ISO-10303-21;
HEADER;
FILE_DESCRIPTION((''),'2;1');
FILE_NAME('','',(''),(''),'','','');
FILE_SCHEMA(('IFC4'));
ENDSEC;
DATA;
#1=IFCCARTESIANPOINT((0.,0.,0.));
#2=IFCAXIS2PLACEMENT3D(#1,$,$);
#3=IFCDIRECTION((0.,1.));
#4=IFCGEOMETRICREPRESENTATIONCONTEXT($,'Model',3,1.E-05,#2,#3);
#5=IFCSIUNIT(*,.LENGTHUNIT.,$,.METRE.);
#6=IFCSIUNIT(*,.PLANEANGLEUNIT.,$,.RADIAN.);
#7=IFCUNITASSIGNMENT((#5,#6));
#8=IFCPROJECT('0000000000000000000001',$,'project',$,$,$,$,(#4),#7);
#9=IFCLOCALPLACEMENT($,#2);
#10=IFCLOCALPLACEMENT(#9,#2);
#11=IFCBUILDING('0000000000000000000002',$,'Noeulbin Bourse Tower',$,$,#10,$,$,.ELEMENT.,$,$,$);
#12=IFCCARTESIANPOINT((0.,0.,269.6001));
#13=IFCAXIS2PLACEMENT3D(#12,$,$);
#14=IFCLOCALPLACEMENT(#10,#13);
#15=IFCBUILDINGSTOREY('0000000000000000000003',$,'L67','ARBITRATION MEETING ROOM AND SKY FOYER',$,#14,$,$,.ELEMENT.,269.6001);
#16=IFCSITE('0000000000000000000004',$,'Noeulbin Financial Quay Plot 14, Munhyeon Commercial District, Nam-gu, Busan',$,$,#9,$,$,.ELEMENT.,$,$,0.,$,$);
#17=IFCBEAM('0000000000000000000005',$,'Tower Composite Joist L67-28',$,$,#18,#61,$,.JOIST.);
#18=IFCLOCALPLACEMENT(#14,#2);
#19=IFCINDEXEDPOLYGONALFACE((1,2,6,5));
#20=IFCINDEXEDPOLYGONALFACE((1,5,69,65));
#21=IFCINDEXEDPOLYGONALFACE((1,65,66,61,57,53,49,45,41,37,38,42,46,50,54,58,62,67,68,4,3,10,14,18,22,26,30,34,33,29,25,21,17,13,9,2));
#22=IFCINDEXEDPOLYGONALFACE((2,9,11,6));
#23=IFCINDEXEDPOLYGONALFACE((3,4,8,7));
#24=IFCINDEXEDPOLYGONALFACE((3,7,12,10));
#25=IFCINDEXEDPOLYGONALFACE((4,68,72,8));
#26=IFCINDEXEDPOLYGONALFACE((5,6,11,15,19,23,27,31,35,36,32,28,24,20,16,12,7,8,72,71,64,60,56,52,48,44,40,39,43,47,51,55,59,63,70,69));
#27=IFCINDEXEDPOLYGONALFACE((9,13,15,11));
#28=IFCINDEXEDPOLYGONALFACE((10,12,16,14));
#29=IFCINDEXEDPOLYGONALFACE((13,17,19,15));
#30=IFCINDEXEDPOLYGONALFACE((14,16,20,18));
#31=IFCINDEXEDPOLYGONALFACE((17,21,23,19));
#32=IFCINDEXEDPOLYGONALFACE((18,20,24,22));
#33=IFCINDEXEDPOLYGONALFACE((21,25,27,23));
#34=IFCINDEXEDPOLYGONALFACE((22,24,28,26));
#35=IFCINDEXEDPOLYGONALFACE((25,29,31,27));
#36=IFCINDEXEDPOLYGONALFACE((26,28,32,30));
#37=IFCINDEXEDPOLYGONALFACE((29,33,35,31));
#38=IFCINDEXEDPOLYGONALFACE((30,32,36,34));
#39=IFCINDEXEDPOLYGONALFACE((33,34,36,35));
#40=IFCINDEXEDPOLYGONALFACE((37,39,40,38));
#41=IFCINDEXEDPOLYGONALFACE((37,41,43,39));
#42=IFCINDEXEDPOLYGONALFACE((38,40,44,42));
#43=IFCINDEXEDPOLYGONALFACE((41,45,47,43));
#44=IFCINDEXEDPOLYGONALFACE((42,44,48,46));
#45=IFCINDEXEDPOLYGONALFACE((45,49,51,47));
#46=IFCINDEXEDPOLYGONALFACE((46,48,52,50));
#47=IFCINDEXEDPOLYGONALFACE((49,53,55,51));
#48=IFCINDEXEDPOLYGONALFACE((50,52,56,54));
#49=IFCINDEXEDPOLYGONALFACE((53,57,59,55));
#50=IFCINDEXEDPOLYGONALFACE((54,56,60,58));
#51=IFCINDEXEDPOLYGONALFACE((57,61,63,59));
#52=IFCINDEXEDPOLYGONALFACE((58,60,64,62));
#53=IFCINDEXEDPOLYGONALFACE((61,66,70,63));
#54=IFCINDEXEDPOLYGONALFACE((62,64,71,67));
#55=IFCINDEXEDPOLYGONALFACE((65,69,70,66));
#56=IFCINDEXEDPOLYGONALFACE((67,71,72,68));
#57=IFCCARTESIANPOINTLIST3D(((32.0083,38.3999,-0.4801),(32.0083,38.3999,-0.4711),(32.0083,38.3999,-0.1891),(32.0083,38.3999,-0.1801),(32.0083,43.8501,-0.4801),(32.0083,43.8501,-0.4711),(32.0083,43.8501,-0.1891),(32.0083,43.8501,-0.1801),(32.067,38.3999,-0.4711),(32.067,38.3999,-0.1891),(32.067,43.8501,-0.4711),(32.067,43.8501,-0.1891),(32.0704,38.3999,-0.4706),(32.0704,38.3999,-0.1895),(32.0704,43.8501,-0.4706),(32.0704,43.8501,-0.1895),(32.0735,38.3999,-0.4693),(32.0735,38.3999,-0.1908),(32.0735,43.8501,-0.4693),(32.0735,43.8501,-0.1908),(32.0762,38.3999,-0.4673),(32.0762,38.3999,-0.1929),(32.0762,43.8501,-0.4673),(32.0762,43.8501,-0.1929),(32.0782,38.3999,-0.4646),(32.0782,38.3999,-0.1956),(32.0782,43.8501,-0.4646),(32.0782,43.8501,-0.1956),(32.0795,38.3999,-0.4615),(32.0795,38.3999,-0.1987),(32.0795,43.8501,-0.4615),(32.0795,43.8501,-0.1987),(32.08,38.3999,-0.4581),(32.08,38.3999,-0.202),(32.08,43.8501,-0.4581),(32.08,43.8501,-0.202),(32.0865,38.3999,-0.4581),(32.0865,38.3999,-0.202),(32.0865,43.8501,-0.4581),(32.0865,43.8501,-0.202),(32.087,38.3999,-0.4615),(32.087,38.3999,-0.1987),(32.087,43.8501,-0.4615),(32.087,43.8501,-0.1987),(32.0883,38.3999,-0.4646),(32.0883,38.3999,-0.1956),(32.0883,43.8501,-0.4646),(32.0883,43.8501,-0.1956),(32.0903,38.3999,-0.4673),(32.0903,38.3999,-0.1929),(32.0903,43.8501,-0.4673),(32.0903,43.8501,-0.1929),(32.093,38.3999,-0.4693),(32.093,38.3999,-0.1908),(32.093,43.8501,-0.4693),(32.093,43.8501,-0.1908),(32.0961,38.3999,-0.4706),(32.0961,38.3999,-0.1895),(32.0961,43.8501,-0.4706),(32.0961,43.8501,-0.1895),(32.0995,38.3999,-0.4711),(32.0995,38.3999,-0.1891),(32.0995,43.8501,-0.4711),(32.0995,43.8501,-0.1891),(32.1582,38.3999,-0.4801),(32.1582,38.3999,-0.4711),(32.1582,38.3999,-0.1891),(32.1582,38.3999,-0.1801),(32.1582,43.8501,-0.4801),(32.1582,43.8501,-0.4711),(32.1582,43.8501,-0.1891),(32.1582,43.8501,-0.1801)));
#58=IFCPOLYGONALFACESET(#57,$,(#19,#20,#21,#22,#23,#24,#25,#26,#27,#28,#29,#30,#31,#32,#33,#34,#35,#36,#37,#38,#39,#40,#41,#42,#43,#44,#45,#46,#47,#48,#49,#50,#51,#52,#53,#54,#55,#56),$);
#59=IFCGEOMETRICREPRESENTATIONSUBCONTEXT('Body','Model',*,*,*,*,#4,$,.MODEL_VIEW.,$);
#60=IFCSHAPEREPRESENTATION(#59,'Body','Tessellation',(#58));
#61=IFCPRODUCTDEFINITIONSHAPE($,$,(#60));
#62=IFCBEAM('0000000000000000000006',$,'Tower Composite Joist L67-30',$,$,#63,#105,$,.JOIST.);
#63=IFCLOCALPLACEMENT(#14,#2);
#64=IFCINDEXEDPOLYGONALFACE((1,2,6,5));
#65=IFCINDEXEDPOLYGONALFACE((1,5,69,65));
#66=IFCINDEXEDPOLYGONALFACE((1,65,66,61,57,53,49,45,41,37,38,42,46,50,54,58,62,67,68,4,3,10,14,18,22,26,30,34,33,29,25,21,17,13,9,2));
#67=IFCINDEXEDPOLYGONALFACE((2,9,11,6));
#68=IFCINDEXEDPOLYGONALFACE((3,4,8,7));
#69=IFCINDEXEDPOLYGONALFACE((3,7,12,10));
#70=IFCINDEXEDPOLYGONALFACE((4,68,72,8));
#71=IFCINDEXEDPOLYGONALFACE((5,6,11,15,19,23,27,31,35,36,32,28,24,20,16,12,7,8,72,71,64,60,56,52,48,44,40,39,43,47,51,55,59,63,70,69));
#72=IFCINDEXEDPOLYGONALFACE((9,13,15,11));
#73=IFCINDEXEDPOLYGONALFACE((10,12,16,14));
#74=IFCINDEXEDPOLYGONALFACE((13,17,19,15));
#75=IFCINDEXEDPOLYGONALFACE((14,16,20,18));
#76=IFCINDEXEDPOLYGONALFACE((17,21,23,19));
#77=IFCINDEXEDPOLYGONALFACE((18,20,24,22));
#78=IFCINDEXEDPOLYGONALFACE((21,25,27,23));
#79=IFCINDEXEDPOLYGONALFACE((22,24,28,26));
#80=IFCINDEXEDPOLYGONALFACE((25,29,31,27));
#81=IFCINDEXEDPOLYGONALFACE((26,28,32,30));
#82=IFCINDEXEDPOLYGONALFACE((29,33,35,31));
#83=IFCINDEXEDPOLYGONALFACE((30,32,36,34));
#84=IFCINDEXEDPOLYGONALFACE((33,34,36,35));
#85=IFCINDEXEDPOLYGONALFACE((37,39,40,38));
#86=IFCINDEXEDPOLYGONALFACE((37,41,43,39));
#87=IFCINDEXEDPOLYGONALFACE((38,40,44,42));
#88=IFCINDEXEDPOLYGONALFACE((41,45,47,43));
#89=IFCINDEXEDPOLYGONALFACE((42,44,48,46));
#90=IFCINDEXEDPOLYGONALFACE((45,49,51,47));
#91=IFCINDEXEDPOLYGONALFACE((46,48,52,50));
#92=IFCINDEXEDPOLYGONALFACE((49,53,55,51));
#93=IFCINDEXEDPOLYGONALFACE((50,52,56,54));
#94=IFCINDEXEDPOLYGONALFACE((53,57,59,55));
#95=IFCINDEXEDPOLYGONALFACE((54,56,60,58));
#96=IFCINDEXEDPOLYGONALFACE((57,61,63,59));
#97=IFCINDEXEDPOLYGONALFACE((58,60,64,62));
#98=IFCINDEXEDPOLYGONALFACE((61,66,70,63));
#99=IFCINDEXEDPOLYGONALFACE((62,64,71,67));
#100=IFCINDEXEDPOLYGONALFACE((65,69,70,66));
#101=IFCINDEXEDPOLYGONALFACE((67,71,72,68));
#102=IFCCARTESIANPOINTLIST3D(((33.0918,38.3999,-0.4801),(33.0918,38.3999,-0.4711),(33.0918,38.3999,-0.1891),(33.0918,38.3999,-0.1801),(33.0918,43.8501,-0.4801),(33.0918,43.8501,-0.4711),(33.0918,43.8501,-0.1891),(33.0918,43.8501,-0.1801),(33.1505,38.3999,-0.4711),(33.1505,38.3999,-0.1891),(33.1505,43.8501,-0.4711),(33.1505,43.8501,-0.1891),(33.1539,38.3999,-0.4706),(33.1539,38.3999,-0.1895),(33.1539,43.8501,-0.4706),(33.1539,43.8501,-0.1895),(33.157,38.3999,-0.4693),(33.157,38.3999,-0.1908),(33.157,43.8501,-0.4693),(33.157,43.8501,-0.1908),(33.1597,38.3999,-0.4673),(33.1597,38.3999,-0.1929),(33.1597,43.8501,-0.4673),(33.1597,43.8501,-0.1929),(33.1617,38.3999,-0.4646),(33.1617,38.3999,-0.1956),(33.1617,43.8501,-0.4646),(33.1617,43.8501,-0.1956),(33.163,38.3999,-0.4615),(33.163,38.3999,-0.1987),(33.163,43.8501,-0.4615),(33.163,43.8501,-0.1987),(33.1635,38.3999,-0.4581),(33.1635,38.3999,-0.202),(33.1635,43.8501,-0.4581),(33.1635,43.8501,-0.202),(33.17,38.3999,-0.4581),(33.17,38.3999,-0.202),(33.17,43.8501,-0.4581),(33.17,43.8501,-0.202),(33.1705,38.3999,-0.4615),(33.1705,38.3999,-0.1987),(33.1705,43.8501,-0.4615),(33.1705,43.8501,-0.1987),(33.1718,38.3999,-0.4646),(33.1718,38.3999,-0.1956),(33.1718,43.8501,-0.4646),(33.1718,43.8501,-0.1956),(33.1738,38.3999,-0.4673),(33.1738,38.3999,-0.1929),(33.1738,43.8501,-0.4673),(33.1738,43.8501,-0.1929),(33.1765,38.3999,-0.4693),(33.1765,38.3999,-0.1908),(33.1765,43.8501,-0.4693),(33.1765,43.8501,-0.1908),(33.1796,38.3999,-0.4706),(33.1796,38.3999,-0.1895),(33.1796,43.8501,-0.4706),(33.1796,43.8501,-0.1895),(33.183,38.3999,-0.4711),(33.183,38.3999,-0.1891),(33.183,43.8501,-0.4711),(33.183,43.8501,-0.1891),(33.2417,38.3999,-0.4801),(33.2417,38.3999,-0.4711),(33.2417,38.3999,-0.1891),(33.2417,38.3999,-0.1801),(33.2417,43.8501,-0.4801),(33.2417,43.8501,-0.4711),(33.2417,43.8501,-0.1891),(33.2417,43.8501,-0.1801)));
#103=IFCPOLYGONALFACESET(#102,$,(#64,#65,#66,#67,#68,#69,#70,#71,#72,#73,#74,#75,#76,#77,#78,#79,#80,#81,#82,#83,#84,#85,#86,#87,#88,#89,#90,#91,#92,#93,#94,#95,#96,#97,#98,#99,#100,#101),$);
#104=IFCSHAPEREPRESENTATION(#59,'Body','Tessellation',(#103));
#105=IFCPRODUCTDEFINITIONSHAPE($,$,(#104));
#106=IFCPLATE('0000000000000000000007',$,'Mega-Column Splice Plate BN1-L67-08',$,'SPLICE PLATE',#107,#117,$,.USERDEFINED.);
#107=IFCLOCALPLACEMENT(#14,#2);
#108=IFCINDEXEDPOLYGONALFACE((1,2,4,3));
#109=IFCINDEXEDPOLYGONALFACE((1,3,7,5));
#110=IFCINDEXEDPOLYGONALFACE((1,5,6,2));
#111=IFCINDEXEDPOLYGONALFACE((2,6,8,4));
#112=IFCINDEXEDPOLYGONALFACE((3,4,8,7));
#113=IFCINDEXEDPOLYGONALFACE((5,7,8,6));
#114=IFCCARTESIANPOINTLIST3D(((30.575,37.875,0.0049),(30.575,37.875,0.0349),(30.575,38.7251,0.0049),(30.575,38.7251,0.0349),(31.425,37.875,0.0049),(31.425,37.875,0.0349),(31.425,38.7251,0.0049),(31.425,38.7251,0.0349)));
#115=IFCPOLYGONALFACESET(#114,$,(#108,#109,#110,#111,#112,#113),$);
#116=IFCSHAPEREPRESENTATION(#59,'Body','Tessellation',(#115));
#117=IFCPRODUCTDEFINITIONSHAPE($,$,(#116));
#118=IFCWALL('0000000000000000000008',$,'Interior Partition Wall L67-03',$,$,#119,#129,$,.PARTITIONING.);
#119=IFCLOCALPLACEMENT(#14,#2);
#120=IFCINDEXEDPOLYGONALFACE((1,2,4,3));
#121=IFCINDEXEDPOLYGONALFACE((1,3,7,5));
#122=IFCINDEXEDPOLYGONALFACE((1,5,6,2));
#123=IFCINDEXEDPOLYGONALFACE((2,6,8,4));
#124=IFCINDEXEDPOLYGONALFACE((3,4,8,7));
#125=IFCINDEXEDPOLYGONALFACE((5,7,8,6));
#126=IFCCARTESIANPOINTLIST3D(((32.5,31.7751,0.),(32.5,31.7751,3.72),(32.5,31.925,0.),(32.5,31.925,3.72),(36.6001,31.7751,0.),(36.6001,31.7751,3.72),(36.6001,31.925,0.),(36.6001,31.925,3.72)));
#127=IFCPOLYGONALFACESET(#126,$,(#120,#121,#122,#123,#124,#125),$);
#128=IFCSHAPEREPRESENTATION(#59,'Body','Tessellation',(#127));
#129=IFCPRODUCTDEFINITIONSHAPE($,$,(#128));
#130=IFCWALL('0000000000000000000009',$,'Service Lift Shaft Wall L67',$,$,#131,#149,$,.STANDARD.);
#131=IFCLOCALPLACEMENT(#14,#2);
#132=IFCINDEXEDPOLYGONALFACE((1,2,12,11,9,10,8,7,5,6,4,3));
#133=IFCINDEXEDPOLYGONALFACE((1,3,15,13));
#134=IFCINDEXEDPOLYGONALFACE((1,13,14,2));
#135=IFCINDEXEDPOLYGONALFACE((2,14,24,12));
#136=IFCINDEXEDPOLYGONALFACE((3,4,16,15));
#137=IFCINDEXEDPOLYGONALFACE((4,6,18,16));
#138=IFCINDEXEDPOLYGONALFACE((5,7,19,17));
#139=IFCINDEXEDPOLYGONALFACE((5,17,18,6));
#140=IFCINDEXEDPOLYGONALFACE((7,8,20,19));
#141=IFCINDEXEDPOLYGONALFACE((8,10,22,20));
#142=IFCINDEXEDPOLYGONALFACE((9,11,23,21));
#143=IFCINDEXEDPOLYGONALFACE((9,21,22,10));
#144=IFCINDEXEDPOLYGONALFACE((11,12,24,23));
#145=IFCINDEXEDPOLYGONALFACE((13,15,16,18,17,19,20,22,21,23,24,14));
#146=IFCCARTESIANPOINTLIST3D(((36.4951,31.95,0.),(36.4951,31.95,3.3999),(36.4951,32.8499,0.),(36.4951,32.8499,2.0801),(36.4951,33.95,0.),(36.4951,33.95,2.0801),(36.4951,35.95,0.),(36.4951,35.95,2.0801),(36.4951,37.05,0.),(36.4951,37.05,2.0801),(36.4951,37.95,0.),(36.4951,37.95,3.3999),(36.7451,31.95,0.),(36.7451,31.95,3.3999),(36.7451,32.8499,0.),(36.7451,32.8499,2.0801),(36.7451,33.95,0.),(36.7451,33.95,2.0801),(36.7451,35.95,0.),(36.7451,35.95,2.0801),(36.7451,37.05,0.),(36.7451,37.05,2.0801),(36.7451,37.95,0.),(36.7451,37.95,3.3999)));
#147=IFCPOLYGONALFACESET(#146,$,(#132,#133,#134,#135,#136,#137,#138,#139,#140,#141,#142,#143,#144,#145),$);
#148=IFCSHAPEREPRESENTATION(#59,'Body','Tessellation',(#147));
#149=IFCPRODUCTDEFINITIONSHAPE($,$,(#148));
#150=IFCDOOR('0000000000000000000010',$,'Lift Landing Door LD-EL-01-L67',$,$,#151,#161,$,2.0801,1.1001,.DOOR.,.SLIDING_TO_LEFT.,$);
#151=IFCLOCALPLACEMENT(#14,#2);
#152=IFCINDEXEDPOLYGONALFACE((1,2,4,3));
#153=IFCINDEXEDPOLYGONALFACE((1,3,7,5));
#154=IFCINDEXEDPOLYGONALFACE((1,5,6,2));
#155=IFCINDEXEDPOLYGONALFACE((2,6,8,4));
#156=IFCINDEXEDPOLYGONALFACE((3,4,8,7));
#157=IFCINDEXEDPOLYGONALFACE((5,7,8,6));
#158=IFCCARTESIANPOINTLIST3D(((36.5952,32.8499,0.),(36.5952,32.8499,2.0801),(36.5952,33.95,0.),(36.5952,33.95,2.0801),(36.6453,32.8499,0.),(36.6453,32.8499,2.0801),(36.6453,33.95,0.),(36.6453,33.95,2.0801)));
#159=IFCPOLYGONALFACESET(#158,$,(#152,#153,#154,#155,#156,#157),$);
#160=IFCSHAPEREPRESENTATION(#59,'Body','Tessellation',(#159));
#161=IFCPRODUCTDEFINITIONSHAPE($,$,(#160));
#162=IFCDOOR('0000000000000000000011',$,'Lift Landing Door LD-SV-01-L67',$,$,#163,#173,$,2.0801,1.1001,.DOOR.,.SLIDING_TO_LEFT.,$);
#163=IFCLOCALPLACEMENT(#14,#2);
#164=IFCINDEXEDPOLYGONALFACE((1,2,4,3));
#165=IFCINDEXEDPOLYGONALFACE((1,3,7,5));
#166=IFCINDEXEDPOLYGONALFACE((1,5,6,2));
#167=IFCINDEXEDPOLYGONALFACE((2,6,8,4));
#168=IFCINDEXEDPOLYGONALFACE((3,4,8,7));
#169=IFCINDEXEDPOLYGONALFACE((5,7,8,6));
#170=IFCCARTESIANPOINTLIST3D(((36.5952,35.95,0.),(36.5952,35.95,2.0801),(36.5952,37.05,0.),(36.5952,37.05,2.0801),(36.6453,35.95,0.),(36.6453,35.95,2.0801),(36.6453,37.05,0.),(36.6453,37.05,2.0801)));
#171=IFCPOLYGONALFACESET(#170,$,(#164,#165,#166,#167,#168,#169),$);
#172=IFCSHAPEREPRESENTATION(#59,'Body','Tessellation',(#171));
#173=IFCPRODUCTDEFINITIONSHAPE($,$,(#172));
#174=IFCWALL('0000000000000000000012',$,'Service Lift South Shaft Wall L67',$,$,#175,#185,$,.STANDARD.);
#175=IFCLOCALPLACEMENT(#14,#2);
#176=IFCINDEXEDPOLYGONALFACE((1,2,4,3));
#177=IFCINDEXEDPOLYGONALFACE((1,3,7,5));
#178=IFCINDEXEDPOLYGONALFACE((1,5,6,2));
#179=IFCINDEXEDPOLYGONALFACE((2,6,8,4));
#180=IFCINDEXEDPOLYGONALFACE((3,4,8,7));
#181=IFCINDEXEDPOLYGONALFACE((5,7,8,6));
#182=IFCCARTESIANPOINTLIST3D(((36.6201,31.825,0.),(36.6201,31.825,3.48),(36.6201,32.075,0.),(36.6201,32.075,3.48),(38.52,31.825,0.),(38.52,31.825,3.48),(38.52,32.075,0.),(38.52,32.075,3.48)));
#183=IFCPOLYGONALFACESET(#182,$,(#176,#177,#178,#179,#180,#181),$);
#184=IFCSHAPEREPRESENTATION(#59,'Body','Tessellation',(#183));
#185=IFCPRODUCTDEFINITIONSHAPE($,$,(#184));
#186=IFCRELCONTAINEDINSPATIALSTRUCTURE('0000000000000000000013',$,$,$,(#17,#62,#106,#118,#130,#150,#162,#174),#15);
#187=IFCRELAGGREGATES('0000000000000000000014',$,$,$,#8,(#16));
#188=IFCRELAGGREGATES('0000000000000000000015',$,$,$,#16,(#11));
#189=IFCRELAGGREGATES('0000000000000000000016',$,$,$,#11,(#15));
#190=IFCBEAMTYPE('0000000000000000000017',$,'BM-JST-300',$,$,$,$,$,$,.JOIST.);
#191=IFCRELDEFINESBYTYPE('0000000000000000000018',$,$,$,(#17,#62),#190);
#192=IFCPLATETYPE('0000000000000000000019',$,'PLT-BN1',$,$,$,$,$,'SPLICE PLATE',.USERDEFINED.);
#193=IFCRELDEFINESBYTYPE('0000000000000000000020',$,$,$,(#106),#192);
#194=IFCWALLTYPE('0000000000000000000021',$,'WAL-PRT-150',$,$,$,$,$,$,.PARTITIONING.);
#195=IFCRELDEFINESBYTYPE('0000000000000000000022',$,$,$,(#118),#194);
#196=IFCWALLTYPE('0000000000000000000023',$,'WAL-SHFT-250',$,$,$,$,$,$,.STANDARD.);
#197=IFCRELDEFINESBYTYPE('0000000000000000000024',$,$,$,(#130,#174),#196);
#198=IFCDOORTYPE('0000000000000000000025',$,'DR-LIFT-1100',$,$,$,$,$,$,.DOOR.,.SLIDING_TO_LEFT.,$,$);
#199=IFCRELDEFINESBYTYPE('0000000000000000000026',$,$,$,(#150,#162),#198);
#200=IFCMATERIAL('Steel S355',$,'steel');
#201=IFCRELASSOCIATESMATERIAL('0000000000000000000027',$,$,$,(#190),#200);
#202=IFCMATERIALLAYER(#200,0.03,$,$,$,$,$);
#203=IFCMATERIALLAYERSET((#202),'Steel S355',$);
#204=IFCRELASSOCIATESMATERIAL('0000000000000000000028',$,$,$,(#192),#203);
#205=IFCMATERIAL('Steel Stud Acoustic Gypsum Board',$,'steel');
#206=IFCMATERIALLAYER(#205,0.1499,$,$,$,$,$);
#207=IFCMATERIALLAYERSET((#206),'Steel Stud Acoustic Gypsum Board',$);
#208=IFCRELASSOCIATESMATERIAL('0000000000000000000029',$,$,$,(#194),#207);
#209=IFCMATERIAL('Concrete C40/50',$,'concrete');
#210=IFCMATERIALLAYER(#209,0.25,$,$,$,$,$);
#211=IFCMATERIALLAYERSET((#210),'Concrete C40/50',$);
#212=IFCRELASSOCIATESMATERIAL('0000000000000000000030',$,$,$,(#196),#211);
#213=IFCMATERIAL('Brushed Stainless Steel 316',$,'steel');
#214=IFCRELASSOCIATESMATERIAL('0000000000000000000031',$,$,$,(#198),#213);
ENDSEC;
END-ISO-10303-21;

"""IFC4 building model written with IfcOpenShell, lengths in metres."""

from ifc_helpers import new_model, si_unit, direction, frame, frame_2d, origin, origin_2d, place, context, subcontext, project, spatial, rectangle, i_section, extrude, material, layer, layer_set, material_profile, profile_set, type_object, element, fill, save


model = new_model("IFC4")

# Units and contexts
model_context = context("Model", 3, precision=1e-05, world=origin(), true_north=direction((0.0, 1.0)))
body_context = subcontext(model_context, "Body", "Model", "MODEL_VIEW")
ifc_project = project(units=[si_unit("LENGTHUNIT", "METRE"), si_unit("PLANEANGLEUNIT", "RADIAN")], contexts=[model_context])

# Site, building, storey
site_placement = place(None, origin())
site = spatial("IfcSite", under=ifc_project, at=site_placement, Name="Noeulbin Financial Quay Plot 14, Munhyeon Commercial District, Nam-gu, Busan", CompositionType="ELEMENT", RefElevation=0.0)
building_placement = place(site_placement, origin())
building = spatial("IfcBuilding", under=site, at=building_placement, Name="Noeulbin Bourse Tower", CompositionType="ELEMENT")
storey_placement = place(building_placement, frame((0.0, 0.0, 269.6001)))
storey = spatial("IfcBuildingStorey", under=building, at=storey_placement, Name="L67", Description="ARBITRATION MEETING ROOM AND SKY FOYER", CompositionType="ELEMENT", Elevation=269.6001)

# Shared definitions
ifc_material_1 = material(Name="Steel S355", Category="steel")

# Beams
ifc_material_profile_1 = material_profile(ifc_material_1, i_section(OverallWidth=0.1499, OverallDepth=0.3, WebThickness=0.0066, FlangeThickness=0.009, FilletRadius=0.0129, at=origin_2d()), Name="H-300x150x6.5x9", Category="LoadBearing")
ifc_profile_set_1 = profile_set([ifc_material_profile_1], Name="Steel S355")
beam_type_1 = type_object("IfcBeamType", Name="BM-JST-300", PredefinedType="JOIST", material=ifc_profile_set_1)
for number, where, z_axis, x_axis, name in (
    (1, (32.0833, 38.3999, -0.3301), (0.0, 1.0, 0.0), (-1.0, 0.0, 0.0), "Tower Composite Joist L67-28"),
    (2, (33.1667, 38.3999, -0.3301), (0.0, 1.0, 0.0), (-1.0, 0.0, 0.0), "Tower Composite Joist L67-30"),
):
    element("IfcBeam", number, at=place(storey_placement, frame(where, z_axis=z_axis, x_axis=x_axis)), inside=storey, type_object=beam_type_1, Name=name, PredefinedType="JOIST", context=body_context, shape_type="SweptSolid", body=[
        extrude(i_section(OverallWidth=0.1499, OverallDepth=0.3, WebThickness=0.0066, FlangeThickness=0.009, FilletRadius=0.0129, at=origin_2d()), origin(), (0.0, 0.0, 1.0), 5.4502),
    ])

# Plate
ifc_layer_1 = layer(ifc_material_1, 0.03)
ifc_layer_set_1 = layer_set([ifc_layer_1], Name="Steel S355")
plate_type = type_object("IfcPlateType", Name="PLT-BN1", ElementType="SPLICE PLATE", PredefinedType="USERDEFINED", material=ifc_layer_set_1)
plate_placement = place(storey_placement, frame((31.0, 38.3, 0.0049), z_axis=(0.0, 0.0, 1.0), x_axis=(1.0, 0.0, 0.0)))
element("IfcPlate", 3, at=plate_placement, inside=storey, type_object=plate_type, Name="Mega-Column Splice Plate BN1-L67-08", ObjectType="SPLICE PLATE", PredefinedType="USERDEFINED", context=body_context, shape_type="SweptSolid", body=[
    extrude(rectangle(XDim=0.8501, YDim=0.8501, at=origin_2d()), origin(), (0.0, 0.0, 1.0), 0.03),
])

# Wall
ifc_material_2 = material(Name="Steel Stud Acoustic Gypsum Board", Category="steel")
ifc_layer_2 = layer(ifc_material_2, 0.1499)
ifc_layer_set_2 = layer_set([ifc_layer_2], Name="Steel Stud Acoustic Gypsum Board")
wall_type_1 = type_object("IfcWallType", Name="WAL-PRT-150", PredefinedType="PARTITIONING", material=ifc_layer_set_2)
wall_1_placement = place(storey_placement, frame((32.5, 31.8501, 0.0), z_axis=(0.0, 0.0, 1.0), x_axis=(1.0, 0.0, 0.0)))
element("IfcWall", 4, at=wall_1_placement, inside=storey, type_object=wall_type_1, Name="Interior Partition Wall L67-03", PredefinedType="PARTITIONING", context=body_context, shape_type="SweptSolid", body=[
    extrude(rectangle(XDim=4.1001, YDim=0.1499, at=frame_2d((2.05, 0.0))), origin(), (0.0, 0.0, 1.0), 3.72),
])

# Wall, openings, doors
ifc_material_3 = material(Name="Concrete C40/50", Category="concrete")
ifc_layer_3 = layer(ifc_material_3, 0.25)
ifc_layer_set_3 = layer_set([ifc_layer_3], Name="Concrete C40/50")
wall_type_2 = type_object("IfcWallType", Name="WAL-SHFT-250", PredefinedType="STANDARD", material=ifc_layer_set_3)
wall_2_placement = place(storey_placement, frame((36.6201, 31.95, 0.0), z_axis=(0.0, 0.0, 1.0), x_axis=(0.0, 1.0, 0.0)))
wall_2 = element("IfcWall", 5, at=wall_2_placement, inside=storey, type_object=wall_type_2, Name="Service Lift Shaft Wall L67", PredefinedType="STANDARD", context=body_context, shape_type="SweptSolid", body=[
    extrude(rectangle(XDim=6.0, YDim=0.25, at=frame_2d((3.0, 0.0))), origin(), (0.0, 0.0, 1.0), 3.3999),
])
opening_1_placement = place(wall_2_placement, frame((0.8999, 0.0, 0.0)))
opening_1 = element("IfcOpeningElement", 6, at=opening_1_placement, cuts=wall_2, PredefinedType="OPENING", context=body_context, shape_type="SweptSolid", body=[
    extrude(rectangle(XDim=1.1001, YDim=2.0801, at=frame_2d((0.55, 1.04))), frame((0.0, 0.135, 0.0), z_axis=(0.0, -1.0, 0.0), x_axis=(1.0, 0.0, 0.0)), (0.0, 0.0, 1.0), 0.27),
])
opening_2_placement = place(wall_2_placement, frame((4.0, 0.0, 0.0)))
opening_2 = element("IfcOpeningElement", 7, at=opening_2_placement, cuts=wall_2, PredefinedType="OPENING", context=body_context, shape_type="SweptSolid", body=[
    extrude(rectangle(XDim=1.1001, YDim=2.0801, at=frame_2d((0.55, 1.04))), frame((0.0, 0.135, 0.0), z_axis=(0.0, -1.0, 0.0), x_axis=(1.0, 0.0, 0.0)), (0.0, 0.0, 1.0), 0.27),
])
ifc_material_4 = material(Name="Brushed Stainless Steel 316", Category="steel")
door_type_1 = type_object("IfcDoorType", Name="DR-LIFT-1100", OperationType="SLIDING_TO_LEFT", PredefinedType="DOOR", material=ifc_material_4)
door_1_placement = place(opening_1_placement, origin())
door_1 = element("IfcDoor", 8, at=door_1_placement, inside=storey, type_object=door_type_1, Name="Lift Landing Door LD-EL-01-L67", OperationType="SLIDING_TO_LEFT", OverallHeight=2.0801, OverallWidth=1.1001, PredefinedType="DOOR", context=body_context, shape_type="SweptSolid", body=[
    extrude(rectangle(XDim=1.1001, YDim=2.0801, at=frame_2d((0.55, 1.04))), frame((0.0, 0.0249, 0.0), z_axis=(0.0, -1.0, 0.0), x_axis=(1.0, 0.0, 0.0)), (0.0, 0.0, 1.0), 0.05),
])
fill(opening_1, door_1)
door_2_placement = place(opening_2_placement, origin())
door_2 = element("IfcDoor", 9, at=door_2_placement, inside=storey, type_object=door_type_1, Name="Lift Landing Door LD-SV-01-L67", OperationType="SLIDING_TO_LEFT", OverallHeight=2.0801, OverallWidth=1.1001, PredefinedType="DOOR", context=body_context, shape_type="SweptSolid", body=[
    extrude(rectangle(XDim=1.1001, YDim=2.0801, at=frame_2d((0.55, 1.04))), frame((0.0, 0.0249, 0.0), z_axis=(0.0, -1.0, 0.0), x_axis=(1.0, 0.0, 0.0)), (0.0, 0.0, 1.0), 0.05),
])
fill(opening_2, door_2)

# Wall
wall_3_placement = place(storey_placement, frame((36.6201, 31.95, 0.0), z_axis=(0.0, 0.0, 1.0), x_axis=(1.0, 0.0, 0.0)))
element("IfcWall", 10, at=wall_3_placement, inside=storey, type_object=wall_type_2, Name="Service Lift South Shaft Wall L67", PredefinedType="STANDARD", context=body_context, shape_type="SweptSolid", body=[
    extrude(rectangle(XDim=1.8999, YDim=0.25, at=frame_2d((0.95, 0.0))), origin(), (0.0, 0.0, 1.0), 3.48),
])

save(model, "model.ifc")
